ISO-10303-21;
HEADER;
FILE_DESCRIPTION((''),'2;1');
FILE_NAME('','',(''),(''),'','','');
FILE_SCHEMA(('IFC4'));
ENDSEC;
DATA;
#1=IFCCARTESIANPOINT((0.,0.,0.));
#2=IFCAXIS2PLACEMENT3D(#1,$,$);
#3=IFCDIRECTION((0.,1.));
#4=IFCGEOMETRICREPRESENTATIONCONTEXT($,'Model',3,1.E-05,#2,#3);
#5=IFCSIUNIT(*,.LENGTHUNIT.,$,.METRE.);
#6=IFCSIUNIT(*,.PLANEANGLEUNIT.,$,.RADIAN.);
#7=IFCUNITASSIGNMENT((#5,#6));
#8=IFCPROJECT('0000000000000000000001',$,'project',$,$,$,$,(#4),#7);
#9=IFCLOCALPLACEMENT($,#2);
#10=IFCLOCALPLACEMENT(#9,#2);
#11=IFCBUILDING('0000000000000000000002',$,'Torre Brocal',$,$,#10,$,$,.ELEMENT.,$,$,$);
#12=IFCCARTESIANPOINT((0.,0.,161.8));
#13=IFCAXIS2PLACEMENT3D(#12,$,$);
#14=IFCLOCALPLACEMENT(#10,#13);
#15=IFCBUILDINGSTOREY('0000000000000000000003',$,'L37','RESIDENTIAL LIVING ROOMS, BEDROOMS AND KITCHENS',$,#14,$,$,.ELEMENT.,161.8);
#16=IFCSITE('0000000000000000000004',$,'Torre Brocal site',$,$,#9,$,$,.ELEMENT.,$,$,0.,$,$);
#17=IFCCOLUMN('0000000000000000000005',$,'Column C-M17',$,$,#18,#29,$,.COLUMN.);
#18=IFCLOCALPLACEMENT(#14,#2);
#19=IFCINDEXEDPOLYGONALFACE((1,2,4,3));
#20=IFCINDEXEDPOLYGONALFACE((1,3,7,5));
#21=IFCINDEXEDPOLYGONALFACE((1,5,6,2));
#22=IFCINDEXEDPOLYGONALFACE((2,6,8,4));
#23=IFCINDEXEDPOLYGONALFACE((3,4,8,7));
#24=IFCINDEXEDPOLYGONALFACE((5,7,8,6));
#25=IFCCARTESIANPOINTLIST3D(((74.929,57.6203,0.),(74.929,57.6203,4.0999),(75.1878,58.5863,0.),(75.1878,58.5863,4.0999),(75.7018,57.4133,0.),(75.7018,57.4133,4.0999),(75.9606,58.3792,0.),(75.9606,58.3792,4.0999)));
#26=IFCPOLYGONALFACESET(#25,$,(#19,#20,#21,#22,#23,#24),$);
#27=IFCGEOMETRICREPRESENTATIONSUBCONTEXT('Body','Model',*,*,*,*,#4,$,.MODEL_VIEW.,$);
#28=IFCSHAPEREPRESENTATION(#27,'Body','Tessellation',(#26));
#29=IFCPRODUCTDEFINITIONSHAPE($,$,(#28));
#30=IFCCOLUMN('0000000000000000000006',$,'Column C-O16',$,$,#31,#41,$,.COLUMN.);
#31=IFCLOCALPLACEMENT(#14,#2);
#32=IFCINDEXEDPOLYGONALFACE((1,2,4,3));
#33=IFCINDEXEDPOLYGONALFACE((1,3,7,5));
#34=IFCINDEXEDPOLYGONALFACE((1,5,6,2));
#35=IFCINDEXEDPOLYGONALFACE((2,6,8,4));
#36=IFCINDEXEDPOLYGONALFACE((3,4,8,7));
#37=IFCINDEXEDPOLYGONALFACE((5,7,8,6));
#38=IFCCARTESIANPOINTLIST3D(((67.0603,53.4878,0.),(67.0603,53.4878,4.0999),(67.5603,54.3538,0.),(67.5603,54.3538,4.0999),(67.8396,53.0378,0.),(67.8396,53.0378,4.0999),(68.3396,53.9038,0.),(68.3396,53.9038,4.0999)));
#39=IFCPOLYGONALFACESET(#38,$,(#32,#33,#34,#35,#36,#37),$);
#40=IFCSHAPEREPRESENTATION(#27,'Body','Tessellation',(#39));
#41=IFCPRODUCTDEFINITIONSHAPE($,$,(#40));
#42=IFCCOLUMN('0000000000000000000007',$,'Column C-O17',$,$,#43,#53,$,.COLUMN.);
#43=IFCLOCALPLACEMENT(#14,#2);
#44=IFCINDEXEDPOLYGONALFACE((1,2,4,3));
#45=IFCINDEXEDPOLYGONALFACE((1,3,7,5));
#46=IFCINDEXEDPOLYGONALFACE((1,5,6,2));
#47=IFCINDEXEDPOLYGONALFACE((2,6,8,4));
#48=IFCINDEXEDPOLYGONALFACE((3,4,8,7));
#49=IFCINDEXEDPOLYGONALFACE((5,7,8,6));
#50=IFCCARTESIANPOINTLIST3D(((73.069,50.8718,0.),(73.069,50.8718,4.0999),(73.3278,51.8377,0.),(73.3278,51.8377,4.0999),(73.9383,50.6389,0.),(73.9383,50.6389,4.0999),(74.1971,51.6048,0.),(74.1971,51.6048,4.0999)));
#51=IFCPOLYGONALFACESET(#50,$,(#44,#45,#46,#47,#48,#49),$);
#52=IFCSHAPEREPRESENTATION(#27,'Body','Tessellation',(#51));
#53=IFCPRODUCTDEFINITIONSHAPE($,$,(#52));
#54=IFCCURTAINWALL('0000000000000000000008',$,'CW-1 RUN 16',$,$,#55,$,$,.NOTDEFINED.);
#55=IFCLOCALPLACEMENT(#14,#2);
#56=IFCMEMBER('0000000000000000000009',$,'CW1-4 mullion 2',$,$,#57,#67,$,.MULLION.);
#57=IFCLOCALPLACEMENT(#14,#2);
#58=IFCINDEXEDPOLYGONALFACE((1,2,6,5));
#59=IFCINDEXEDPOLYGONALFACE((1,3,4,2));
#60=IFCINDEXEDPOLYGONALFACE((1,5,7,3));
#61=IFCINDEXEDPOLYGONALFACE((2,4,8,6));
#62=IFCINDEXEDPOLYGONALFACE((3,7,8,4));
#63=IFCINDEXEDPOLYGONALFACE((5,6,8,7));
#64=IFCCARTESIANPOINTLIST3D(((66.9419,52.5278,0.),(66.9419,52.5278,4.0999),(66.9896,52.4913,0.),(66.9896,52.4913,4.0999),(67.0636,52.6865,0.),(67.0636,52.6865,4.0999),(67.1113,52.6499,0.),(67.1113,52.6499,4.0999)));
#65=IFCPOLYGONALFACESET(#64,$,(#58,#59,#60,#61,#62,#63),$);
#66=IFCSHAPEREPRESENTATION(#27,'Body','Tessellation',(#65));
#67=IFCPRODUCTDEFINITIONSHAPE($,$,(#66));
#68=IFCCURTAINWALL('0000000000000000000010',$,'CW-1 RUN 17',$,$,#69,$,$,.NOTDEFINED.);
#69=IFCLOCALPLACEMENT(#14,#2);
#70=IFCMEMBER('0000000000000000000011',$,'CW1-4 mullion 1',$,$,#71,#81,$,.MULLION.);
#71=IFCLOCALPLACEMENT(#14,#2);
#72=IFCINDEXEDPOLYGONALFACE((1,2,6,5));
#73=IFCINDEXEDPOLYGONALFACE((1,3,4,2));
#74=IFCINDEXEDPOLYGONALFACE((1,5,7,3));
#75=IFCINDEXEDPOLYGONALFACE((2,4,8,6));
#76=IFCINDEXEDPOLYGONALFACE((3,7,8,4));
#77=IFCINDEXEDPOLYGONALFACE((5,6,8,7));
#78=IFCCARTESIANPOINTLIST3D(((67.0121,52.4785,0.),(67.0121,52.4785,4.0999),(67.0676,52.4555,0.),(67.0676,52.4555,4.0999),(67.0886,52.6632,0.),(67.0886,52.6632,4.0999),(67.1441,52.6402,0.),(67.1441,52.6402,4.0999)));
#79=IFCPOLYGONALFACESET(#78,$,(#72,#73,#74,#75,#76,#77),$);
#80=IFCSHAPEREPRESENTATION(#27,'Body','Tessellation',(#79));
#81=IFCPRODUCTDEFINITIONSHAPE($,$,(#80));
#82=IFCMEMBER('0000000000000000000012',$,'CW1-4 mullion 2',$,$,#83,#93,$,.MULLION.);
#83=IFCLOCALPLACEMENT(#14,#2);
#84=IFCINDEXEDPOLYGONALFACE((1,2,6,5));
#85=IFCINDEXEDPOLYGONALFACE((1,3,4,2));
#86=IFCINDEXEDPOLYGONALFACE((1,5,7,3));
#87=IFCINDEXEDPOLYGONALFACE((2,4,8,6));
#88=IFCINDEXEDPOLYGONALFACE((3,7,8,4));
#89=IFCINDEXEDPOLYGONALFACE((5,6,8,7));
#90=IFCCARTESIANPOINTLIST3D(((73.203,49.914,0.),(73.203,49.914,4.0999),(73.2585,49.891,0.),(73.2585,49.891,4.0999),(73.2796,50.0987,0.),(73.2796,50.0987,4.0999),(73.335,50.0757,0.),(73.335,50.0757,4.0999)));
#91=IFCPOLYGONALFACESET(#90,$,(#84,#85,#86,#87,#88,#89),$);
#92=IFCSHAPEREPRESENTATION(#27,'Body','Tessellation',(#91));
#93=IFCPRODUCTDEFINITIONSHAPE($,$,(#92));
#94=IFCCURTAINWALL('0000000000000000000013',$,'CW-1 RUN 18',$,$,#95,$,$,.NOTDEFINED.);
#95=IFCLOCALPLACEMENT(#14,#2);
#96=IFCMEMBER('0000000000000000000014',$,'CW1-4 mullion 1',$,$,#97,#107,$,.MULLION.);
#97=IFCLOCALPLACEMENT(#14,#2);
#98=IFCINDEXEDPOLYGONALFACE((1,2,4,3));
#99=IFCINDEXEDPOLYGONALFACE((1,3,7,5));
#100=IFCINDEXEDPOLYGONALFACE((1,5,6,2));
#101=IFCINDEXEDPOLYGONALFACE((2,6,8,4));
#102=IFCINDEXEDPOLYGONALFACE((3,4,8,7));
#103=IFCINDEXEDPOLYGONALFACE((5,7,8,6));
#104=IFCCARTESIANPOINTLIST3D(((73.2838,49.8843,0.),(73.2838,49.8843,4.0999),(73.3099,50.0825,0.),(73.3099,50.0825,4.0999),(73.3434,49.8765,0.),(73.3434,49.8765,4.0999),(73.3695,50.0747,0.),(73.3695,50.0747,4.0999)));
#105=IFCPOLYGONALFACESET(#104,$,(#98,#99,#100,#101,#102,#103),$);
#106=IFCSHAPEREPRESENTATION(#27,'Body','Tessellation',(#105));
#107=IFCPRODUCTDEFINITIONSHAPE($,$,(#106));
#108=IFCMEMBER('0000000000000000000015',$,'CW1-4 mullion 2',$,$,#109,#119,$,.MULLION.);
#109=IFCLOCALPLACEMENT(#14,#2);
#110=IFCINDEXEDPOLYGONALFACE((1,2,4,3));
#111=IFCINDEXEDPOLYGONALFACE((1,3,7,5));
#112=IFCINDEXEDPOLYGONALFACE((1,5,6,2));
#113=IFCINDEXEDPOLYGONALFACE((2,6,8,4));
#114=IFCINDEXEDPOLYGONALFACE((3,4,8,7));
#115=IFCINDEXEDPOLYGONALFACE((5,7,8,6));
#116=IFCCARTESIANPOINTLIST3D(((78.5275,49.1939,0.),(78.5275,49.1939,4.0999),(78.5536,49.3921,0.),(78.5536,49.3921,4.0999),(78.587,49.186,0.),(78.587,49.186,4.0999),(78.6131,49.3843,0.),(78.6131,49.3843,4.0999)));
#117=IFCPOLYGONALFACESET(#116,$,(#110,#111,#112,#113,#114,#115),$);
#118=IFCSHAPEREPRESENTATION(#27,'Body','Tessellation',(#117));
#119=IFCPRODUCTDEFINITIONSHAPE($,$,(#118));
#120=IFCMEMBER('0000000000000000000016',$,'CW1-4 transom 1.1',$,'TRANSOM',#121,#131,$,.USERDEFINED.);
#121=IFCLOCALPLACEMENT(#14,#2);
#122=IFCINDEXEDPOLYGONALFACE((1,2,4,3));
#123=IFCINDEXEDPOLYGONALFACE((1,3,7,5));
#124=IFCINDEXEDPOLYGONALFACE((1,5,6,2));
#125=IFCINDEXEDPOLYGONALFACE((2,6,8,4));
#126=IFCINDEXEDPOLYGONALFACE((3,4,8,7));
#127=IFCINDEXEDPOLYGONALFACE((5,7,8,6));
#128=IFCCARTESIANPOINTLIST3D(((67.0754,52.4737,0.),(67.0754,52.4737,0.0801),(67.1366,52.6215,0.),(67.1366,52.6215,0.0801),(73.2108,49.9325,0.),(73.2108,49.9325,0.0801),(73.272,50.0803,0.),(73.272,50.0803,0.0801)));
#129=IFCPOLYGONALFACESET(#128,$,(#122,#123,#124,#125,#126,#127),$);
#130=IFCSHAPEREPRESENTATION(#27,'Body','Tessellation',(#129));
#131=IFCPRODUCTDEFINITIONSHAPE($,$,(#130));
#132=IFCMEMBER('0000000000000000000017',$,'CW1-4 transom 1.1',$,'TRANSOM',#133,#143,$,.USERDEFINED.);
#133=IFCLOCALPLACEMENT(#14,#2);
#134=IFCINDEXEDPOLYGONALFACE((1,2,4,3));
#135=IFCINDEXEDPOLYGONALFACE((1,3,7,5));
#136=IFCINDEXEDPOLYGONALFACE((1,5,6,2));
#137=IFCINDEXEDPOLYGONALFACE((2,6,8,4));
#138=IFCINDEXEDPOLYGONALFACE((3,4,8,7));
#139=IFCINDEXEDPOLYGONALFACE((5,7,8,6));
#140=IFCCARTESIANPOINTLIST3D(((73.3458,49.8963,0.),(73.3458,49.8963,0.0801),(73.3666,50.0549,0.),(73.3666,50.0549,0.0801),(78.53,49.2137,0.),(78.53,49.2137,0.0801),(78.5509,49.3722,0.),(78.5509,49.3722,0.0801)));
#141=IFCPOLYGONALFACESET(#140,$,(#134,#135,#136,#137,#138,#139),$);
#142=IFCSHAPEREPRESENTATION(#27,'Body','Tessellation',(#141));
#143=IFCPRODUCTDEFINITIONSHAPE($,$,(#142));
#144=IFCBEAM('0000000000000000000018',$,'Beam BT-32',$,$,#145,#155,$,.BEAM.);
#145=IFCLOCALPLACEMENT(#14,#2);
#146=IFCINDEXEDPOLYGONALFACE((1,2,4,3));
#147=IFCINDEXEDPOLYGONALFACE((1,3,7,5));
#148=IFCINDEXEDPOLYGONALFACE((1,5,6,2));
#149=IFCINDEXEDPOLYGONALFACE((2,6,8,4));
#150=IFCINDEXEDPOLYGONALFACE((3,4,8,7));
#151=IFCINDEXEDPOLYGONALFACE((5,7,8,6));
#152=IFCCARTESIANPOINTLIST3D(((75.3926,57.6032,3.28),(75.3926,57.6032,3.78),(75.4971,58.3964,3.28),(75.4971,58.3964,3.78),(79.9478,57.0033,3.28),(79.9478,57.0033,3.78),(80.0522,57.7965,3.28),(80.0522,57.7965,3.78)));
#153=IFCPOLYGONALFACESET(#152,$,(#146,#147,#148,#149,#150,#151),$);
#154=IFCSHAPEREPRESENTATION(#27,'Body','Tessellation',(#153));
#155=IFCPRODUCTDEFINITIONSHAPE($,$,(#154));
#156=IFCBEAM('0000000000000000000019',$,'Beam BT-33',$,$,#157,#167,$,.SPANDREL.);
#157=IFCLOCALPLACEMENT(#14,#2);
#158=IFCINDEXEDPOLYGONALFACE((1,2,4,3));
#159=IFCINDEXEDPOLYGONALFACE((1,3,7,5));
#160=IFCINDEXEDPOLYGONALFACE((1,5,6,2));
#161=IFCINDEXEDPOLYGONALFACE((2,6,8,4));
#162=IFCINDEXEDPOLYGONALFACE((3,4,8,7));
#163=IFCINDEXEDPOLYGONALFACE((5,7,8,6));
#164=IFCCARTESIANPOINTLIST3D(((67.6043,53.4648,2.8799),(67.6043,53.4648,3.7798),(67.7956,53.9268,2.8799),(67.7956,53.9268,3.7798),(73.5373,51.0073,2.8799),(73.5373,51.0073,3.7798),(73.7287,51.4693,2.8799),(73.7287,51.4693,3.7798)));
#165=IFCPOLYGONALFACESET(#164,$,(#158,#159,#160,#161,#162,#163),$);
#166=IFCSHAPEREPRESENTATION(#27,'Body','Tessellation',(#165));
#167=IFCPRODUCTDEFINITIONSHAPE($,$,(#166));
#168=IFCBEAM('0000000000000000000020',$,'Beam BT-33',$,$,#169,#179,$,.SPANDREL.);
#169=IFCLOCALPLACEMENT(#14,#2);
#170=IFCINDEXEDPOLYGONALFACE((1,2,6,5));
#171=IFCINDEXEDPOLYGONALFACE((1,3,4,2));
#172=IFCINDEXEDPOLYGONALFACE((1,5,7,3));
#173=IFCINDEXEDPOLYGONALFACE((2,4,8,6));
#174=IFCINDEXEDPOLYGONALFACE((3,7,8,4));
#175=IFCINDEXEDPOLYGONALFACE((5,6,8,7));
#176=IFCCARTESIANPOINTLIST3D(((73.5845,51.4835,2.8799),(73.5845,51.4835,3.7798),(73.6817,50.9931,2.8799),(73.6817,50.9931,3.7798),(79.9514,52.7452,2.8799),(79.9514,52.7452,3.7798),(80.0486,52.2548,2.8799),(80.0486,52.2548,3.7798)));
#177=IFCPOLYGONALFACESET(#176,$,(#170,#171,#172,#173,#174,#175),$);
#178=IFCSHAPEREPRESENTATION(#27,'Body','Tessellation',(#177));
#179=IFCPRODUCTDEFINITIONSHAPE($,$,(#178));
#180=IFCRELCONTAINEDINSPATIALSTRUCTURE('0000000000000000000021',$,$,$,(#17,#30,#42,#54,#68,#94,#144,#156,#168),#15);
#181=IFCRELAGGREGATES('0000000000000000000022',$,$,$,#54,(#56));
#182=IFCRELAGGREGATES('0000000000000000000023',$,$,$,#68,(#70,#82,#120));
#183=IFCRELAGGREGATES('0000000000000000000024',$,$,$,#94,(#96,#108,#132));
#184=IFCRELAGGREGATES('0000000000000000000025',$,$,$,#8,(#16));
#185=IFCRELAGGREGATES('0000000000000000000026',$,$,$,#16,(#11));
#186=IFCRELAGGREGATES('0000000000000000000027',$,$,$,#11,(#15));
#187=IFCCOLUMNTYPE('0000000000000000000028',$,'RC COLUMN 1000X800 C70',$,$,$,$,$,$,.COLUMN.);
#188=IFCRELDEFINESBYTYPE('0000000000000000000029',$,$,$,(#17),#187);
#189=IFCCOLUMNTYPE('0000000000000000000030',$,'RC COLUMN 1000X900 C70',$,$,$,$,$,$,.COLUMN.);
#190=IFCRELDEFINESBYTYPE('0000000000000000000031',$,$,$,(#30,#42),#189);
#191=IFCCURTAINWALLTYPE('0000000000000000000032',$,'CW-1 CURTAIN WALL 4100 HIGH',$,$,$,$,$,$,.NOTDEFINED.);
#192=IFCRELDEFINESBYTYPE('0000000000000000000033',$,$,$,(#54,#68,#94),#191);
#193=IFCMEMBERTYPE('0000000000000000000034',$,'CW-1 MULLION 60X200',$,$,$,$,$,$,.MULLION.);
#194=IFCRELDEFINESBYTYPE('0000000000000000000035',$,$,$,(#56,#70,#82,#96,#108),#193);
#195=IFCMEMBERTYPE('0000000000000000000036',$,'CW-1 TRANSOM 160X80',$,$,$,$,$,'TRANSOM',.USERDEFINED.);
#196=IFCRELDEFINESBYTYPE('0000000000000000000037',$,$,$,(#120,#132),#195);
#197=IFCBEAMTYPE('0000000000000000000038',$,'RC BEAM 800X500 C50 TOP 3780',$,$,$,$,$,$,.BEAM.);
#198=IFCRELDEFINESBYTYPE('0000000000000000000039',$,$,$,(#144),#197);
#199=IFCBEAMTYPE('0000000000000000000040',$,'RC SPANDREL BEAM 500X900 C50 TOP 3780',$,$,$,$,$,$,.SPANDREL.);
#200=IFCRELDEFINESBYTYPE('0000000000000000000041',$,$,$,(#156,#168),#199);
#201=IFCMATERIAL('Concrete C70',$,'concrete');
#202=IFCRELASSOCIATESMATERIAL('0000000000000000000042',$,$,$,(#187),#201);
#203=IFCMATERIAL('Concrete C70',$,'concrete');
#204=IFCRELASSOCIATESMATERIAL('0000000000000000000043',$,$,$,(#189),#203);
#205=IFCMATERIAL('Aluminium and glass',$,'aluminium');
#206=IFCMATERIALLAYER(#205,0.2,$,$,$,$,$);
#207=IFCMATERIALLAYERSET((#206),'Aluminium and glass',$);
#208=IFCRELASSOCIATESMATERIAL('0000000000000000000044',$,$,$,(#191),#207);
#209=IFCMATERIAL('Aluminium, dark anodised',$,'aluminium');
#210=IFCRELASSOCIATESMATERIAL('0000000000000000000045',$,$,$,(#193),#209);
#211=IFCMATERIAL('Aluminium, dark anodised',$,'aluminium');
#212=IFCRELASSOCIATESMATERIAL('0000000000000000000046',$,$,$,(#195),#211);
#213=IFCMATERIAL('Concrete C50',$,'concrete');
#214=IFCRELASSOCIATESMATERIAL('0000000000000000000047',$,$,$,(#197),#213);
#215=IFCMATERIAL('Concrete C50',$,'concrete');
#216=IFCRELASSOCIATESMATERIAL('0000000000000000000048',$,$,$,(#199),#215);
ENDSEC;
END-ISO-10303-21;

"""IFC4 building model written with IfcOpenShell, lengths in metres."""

from ifc_helpers import new_model, si_unit, direction, frame, origin, origin_2d, place, context, subcontext, project, spatial, rectangle, extrude, material, layer, layer_set, material_profile, profile_set, type_object, element, aggregate, save


model = new_model("IFC4")

# Units and contexts
model_context = context("Model", 3, precision=1e-05, world=origin(), true_north=direction((0.0, 1.0)))
body_context = subcontext(model_context, "Body", "Model", "MODEL_VIEW")
ifc_project = project(units=[si_unit("LENGTHUNIT", "METRE"), si_unit("PLANEANGLEUNIT", "RADIAN")], contexts=[model_context])

# Site, building, storey
site_placement = place(None, origin())
site = spatial("IfcSite", under=ifc_project, at=site_placement, Name="Torre Brocal site", CompositionType="ELEMENT", RefElevation=0.0)
building_placement = place(site_placement, origin())
building = spatial("IfcBuilding", under=site, at=building_placement, Name="Torre Brocal", CompositionType="ELEMENT")
storey_placement = place(building_placement, frame((0.0, 0.0, 161.8)))
storey = spatial("IfcBuildingStorey", under=building, at=storey_placement, Name="L37", Description="RESIDENTIAL LIVING ROOMS, BEDROOMS AND KITCHENS", CompositionType="ELEMENT", Elevation=161.8)

# Columns
ifc_material_1 = material(Name="Concrete C70", Category="concrete")
ifc_material_profile_1 = material_profile(ifc_material_1, rectangle(XDim=1.0, YDim=0.8, at=origin_2d()), Name="RC 1000X800")
ifc_profile_set_1 = profile_set([ifc_material_profile_1], Name="Concrete C70")
column_type_1 = type_object("IfcColumnType", Name="RC COLUMN 1000X800 C70", PredefinedType="COLUMN", material=ifc_profile_set_1)
column_placement = place(storey_placement, frame((75.4448, 57.9998, 0.0), z_axis=(0.0, 0.0, 1.0), x_axis=(-0.258819, -0.965926, 0.0)))
element("IfcColumn", 1, at=column_placement, inside=storey, type_object=column_type_1, Name="Column C-M17", PredefinedType="COLUMN", context=body_context, shape_type="SweptSolid", body=[
    extrude(rectangle(XDim=1.0, YDim=0.8, at=origin_2d()), origin(), (0.0, 0.0, 1.0), 4.0999),
])
ifc_material_2 = material(Name="Concrete C70", Category="concrete")
ifc_material_profile_2 = material_profile(ifc_material_2, rectangle(XDim=1.0, YDim=0.8999, at=origin_2d()), Name="RC 1000X900")
ifc_profile_set_2 = profile_set([ifc_material_profile_2], Name="Concrete C70")
column_type_2 = type_object("IfcColumnType", Name="RC COLUMN 1000X900 C70", PredefinedType="COLUMN", material=ifc_profile_set_2)
for number, where, z_axis, x_axis, name in (
    (2, (67.7, 53.6958, 0.0), (0.0, 0.0, 1.0), (-0.5, -0.866025, 0.0), "Column C-O16"),
    (3, (73.6331, 51.2383, 0.0), (0.0, 0.0, 1.0), (-0.258819, -0.965926, 0.0), "Column C-O17"),
):
    element("IfcColumn", number, at=place(storey_placement, frame(where, z_axis=z_axis, x_axis=x_axis)), inside=storey, type_object=column_type_2, Name=name, PredefinedType="COLUMN", context=body_context, shape_type="SweptSolid", body=[
        extrude(rectangle(XDim=1.0, YDim=0.8999, at=origin_2d()), origin(), (0.0, 0.0, 1.0), 4.0999),
    ])

# Curtain wall, member
ifc_material_3 = material(Name="Aluminium and glass", Category="aluminium")
ifc_layer_1 = layer(ifc_material_3, 0.2)
ifc_layer_set_1 = layer_set([ifc_layer_1], Name="Aluminium and glass")
curtain_wall_type = type_object("IfcCurtainWallType", Name="CW-1 CURTAIN WALL 4100 HIGH", PredefinedType="NOTDEFINED", material=ifc_layer_set_1)
curtain_wall_1_placement = place(storey_placement, origin())
curtain_wall_1 = element("IfcCurtainWall", 4, at=curtain_wall_1_placement, inside=storey, type_object=curtain_wall_type, Name="CW-1 RUN 16", PredefinedType="NOTDEFINED")
ifc_material_4 = material(Name="Aluminium, dark anodised", Category="aluminium")
ifc_material_profile_3 = material_profile(ifc_material_4, rectangle(XDim=0.2, YDim=0.0601, at=origin_2d()), Name="CW-1 MULLION 60X200")
ifc_profile_set_3 = profile_set([ifc_material_profile_3], Name="Aluminium, dark anodised")
member_type_1 = type_object("IfcMemberType", Name="CW-1 MULLION 60X200", PredefinedType="MULLION", material=ifc_profile_set_3)
member_1_placement = place(storey_placement, frame((67.0266, 52.5889, 0.0), z_axis=(0.0, 0.0, 1.0), x_axis=(0.608761, 0.793353, 0.0)))
member_1 = element("IfcMember", 5, at=member_1_placement, type_object=member_type_1, Name="CW1-4 mullion 2", PredefinedType="MULLION", context=body_context, shape_type="SweptSolid", body=[
    extrude(rectangle(XDim=0.2, YDim=0.0601, at=origin_2d()), origin(), (0.0, 0.0, 1.0), 4.0999),
])
aggregate(curtain_wall_1, [member_1])

# Curtain walls, members
curtain_wall_2_placement = place(storey_placement, origin())
curtain_wall_2 = element("IfcCurtainWall", 6, at=curtain_wall_2_placement, inside=storey, type_object=curtain_wall_type, Name="CW-1 RUN 17", PredefinedType="NOTDEFINED")
member_2_placement = place(storey_placement, frame((67.0781, 52.5593, 0.0), z_axis=(0.0, 0.0, 1.0), x_axis=(0.382683, 0.92388, 0.0)))
member_2 = element("IfcMember", 7, at=member_2_placement, type_object=member_type_1, Name="CW1-4 mullion 1", PredefinedType="MULLION", context=body_context, shape_type="SweptSolid", body=[
    extrude(rectangle(XDim=0.2, YDim=0.0601, at=origin_2d()), origin(), (0.0, 0.0, 1.0), 4.0999),
])
member_3_placement = place(storey_placement, frame((73.269, 49.9949, 0.0), z_axis=(0.0, 0.0, 1.0), x_axis=(0.382683, 0.92388, 0.0)))
member_3 = element("IfcMember", 8, at=member_3_placement, type_object=member_type_1, Name="CW1-4 mullion 2", PredefinedType="MULLION", context=body_context, shape_type="SweptSolid", body=[
    extrude(rectangle(XDim=0.2, YDim=0.0601, at=origin_2d()), origin(), (0.0, 0.0, 1.0), 4.0999),
])
curtain_wall_3_placement = place(storey_placement, origin())
curtain_wall_3 = element("IfcCurtainWall", 9, at=curtain_wall_3_placement, inside=storey, type_object=curtain_wall_type, Name="CW-1 RUN 18", PredefinedType="NOTDEFINED")
member_4_placement = place(storey_placement, frame((73.3267, 49.9795, 0.0), z_axis=(0.0, 0.0, 1.0), x_axis=(0.130526, 0.991445, 0.0)))
member_4 = element("IfcMember", 10, at=member_4_placement, type_object=member_type_1, Name="CW1-4 mullion 1", PredefinedType="MULLION", context=body_context, shape_type="SweptSolid", body=[
    extrude(rectangle(XDim=0.2, YDim=0.0601, at=origin_2d()), origin(), (0.0, 0.0, 1.0), 4.0999),
])
member_5_placement = place(storey_placement, frame((78.5703, 49.2891, 0.0), z_axis=(0.0, 0.0, 1.0), x_axis=(0.130526, 0.991445, 0.0)))
member_5 = element("IfcMember", 11, at=member_5_placement, type_object=member_type_1, Name="CW1-4 mullion 2", PredefinedType="MULLION", context=body_context, shape_type="SweptSolid", body=[
    extrude(rectangle(XDim=0.2, YDim=0.0601, at=origin_2d()), origin(), (0.0, 0.0, 1.0), 4.0999),
])

# Members
ifc_material_5 = material(Name="Aluminium, dark anodised", Category="aluminium")
ifc_material_profile_4 = material_profile(ifc_material_5, rectangle(XDim=0.1599, YDim=0.0801, at=origin_2d()), Name="CW-1 TRANSOM 160X80")
ifc_profile_set_4 = profile_set([ifc_material_profile_4], Name="Aluminium, dark anodised")
member_type_2 = type_object("IfcMemberType", Name="CW-1 TRANSOM 160X80", ElementType="TRANSOM", PredefinedType="USERDEFINED", material=ifc_profile_set_4)
member_6_placement = place(storey_placement, frame((67.106, 52.5476, 0.04), z_axis=(0.923887, -0.382665, 0.0), x_axis=(0.382665, 0.923887, 0.0)))
member_6 = element("IfcMember", 12, at=member_6_placement, type_object=member_type_2, Name="CW1-4 transom 1.1", ObjectType="TRANSOM", PredefinedType="USERDEFINED", context=body_context, shape_type="SweptSolid", body=[
    extrude(rectangle(XDim=0.1599, YDim=0.0801, at=origin_2d()), origin(), (0.0, 0.0, 1.0), 6.6409),
])
member_7_placement = place(storey_placement, frame((73.3562, 49.9756, 0.04), z_axis=(0.991443, -0.130543, 0.0), x_axis=(0.130543, 0.991443, 0.0)))
member_7 = element("IfcMember", 13, at=member_7_placement, type_object=member_type_2, Name="CW1-4 transom 1.1", ObjectType="TRANSOM", PredefinedType="USERDEFINED", context=body_context, shape_type="SweptSolid", body=[
    extrude(rectangle(XDim=0.1599, YDim=0.0801, at=origin_2d()), origin(), (0.0, 0.0, 1.0), 5.229),
])

# Beams
ifc_material_6 = material(Name="Concrete C50", Category="concrete")
ifc_material_profile_5 = material_profile(ifc_material_6, rectangle(XDim=0.8, YDim=0.5, at=origin_2d()), Name="RC 800X500")
ifc_profile_set_5 = profile_set([ifc_material_profile_5], Name="Concrete C50")
beam_type_1 = type_object("IfcBeamType", Name="RC BEAM 800X500 C50 TOP 3780", PredefinedType="BEAM", material=ifc_profile_set_5)
beam_1_placement = place(storey_placement, frame((75.4448, 57.9998, 3.53), z_axis=(0.991441, -0.130559, 0.0), x_axis=(0.130559, 0.991441, 0.0)))
element("IfcBeam", 14, at=beam_1_placement, inside=storey, type_object=beam_type_1, Name="Beam BT-32", PredefinedType="BEAM", context=body_context, shape_type="SweptSolid", body=[
    extrude(rectangle(XDim=0.8, YDim=0.5, at=origin_2d()), origin(), (0.0, 0.0, 1.0), 4.5945),
])
ifc_material_7 = material(Name="Concrete C50", Category="concrete")
ifc_material_profile_6 = material_profile(ifc_material_7, rectangle(XDim=0.5, YDim=0.8999, at=origin_2d()), Name="RC 500X900")
ifc_profile_set_6 = profile_set([ifc_material_profile_6], Name="Concrete C50")
beam_type_2 = type_object("IfcBeamType", Name="RC SPANDREL BEAM 500X900 C50 TOP 3780", PredefinedType="SPANDREL", material=ifc_profile_set_6)
beam_2_placement = place(storey_placement, frame((67.7, 53.6958, 3.3298), z_axis=(0.923882, -0.382676, 0.0), x_axis=(0.382676, 0.923882, 0.0)))
element("IfcBeam", 15, at=beam_2_placement, inside=storey, type_object=beam_type_2, Name="Beam BT-33", PredefinedType="SPANDREL", context=body_context, shape_type="SweptSolid", body=[
    extrude(rectangle(XDim=0.5, YDim=0.8999, at=origin_2d()), origin(), (0.0, 0.0, 1.0), 6.4219),
])
beam_3_placement = place(storey_placement, frame((73.6331, 51.2383, 3.3298), z_axis=(0.980925, 0.194387, 0.0), x_axis=(-0.194387, 0.980925, 0.0)))
element("IfcBeam", 16, at=beam_3_placement, inside=storey, type_object=beam_type_2, Name="Beam BT-33", PredefinedType="SPANDREL", context=body_context, shape_type="SweptSolid", body=[
    extrude(rectangle(XDim=0.5, YDim=0.8999, at=origin_2d()), origin(), (0.0, 0.0, 1.0), 6.4907),
])

aggregate(curtain_wall_2, [member_2, member_3, member_6])
aggregate(curtain_wall_3, [member_4, member_5, member_7])

save(model, "model.ifc")
